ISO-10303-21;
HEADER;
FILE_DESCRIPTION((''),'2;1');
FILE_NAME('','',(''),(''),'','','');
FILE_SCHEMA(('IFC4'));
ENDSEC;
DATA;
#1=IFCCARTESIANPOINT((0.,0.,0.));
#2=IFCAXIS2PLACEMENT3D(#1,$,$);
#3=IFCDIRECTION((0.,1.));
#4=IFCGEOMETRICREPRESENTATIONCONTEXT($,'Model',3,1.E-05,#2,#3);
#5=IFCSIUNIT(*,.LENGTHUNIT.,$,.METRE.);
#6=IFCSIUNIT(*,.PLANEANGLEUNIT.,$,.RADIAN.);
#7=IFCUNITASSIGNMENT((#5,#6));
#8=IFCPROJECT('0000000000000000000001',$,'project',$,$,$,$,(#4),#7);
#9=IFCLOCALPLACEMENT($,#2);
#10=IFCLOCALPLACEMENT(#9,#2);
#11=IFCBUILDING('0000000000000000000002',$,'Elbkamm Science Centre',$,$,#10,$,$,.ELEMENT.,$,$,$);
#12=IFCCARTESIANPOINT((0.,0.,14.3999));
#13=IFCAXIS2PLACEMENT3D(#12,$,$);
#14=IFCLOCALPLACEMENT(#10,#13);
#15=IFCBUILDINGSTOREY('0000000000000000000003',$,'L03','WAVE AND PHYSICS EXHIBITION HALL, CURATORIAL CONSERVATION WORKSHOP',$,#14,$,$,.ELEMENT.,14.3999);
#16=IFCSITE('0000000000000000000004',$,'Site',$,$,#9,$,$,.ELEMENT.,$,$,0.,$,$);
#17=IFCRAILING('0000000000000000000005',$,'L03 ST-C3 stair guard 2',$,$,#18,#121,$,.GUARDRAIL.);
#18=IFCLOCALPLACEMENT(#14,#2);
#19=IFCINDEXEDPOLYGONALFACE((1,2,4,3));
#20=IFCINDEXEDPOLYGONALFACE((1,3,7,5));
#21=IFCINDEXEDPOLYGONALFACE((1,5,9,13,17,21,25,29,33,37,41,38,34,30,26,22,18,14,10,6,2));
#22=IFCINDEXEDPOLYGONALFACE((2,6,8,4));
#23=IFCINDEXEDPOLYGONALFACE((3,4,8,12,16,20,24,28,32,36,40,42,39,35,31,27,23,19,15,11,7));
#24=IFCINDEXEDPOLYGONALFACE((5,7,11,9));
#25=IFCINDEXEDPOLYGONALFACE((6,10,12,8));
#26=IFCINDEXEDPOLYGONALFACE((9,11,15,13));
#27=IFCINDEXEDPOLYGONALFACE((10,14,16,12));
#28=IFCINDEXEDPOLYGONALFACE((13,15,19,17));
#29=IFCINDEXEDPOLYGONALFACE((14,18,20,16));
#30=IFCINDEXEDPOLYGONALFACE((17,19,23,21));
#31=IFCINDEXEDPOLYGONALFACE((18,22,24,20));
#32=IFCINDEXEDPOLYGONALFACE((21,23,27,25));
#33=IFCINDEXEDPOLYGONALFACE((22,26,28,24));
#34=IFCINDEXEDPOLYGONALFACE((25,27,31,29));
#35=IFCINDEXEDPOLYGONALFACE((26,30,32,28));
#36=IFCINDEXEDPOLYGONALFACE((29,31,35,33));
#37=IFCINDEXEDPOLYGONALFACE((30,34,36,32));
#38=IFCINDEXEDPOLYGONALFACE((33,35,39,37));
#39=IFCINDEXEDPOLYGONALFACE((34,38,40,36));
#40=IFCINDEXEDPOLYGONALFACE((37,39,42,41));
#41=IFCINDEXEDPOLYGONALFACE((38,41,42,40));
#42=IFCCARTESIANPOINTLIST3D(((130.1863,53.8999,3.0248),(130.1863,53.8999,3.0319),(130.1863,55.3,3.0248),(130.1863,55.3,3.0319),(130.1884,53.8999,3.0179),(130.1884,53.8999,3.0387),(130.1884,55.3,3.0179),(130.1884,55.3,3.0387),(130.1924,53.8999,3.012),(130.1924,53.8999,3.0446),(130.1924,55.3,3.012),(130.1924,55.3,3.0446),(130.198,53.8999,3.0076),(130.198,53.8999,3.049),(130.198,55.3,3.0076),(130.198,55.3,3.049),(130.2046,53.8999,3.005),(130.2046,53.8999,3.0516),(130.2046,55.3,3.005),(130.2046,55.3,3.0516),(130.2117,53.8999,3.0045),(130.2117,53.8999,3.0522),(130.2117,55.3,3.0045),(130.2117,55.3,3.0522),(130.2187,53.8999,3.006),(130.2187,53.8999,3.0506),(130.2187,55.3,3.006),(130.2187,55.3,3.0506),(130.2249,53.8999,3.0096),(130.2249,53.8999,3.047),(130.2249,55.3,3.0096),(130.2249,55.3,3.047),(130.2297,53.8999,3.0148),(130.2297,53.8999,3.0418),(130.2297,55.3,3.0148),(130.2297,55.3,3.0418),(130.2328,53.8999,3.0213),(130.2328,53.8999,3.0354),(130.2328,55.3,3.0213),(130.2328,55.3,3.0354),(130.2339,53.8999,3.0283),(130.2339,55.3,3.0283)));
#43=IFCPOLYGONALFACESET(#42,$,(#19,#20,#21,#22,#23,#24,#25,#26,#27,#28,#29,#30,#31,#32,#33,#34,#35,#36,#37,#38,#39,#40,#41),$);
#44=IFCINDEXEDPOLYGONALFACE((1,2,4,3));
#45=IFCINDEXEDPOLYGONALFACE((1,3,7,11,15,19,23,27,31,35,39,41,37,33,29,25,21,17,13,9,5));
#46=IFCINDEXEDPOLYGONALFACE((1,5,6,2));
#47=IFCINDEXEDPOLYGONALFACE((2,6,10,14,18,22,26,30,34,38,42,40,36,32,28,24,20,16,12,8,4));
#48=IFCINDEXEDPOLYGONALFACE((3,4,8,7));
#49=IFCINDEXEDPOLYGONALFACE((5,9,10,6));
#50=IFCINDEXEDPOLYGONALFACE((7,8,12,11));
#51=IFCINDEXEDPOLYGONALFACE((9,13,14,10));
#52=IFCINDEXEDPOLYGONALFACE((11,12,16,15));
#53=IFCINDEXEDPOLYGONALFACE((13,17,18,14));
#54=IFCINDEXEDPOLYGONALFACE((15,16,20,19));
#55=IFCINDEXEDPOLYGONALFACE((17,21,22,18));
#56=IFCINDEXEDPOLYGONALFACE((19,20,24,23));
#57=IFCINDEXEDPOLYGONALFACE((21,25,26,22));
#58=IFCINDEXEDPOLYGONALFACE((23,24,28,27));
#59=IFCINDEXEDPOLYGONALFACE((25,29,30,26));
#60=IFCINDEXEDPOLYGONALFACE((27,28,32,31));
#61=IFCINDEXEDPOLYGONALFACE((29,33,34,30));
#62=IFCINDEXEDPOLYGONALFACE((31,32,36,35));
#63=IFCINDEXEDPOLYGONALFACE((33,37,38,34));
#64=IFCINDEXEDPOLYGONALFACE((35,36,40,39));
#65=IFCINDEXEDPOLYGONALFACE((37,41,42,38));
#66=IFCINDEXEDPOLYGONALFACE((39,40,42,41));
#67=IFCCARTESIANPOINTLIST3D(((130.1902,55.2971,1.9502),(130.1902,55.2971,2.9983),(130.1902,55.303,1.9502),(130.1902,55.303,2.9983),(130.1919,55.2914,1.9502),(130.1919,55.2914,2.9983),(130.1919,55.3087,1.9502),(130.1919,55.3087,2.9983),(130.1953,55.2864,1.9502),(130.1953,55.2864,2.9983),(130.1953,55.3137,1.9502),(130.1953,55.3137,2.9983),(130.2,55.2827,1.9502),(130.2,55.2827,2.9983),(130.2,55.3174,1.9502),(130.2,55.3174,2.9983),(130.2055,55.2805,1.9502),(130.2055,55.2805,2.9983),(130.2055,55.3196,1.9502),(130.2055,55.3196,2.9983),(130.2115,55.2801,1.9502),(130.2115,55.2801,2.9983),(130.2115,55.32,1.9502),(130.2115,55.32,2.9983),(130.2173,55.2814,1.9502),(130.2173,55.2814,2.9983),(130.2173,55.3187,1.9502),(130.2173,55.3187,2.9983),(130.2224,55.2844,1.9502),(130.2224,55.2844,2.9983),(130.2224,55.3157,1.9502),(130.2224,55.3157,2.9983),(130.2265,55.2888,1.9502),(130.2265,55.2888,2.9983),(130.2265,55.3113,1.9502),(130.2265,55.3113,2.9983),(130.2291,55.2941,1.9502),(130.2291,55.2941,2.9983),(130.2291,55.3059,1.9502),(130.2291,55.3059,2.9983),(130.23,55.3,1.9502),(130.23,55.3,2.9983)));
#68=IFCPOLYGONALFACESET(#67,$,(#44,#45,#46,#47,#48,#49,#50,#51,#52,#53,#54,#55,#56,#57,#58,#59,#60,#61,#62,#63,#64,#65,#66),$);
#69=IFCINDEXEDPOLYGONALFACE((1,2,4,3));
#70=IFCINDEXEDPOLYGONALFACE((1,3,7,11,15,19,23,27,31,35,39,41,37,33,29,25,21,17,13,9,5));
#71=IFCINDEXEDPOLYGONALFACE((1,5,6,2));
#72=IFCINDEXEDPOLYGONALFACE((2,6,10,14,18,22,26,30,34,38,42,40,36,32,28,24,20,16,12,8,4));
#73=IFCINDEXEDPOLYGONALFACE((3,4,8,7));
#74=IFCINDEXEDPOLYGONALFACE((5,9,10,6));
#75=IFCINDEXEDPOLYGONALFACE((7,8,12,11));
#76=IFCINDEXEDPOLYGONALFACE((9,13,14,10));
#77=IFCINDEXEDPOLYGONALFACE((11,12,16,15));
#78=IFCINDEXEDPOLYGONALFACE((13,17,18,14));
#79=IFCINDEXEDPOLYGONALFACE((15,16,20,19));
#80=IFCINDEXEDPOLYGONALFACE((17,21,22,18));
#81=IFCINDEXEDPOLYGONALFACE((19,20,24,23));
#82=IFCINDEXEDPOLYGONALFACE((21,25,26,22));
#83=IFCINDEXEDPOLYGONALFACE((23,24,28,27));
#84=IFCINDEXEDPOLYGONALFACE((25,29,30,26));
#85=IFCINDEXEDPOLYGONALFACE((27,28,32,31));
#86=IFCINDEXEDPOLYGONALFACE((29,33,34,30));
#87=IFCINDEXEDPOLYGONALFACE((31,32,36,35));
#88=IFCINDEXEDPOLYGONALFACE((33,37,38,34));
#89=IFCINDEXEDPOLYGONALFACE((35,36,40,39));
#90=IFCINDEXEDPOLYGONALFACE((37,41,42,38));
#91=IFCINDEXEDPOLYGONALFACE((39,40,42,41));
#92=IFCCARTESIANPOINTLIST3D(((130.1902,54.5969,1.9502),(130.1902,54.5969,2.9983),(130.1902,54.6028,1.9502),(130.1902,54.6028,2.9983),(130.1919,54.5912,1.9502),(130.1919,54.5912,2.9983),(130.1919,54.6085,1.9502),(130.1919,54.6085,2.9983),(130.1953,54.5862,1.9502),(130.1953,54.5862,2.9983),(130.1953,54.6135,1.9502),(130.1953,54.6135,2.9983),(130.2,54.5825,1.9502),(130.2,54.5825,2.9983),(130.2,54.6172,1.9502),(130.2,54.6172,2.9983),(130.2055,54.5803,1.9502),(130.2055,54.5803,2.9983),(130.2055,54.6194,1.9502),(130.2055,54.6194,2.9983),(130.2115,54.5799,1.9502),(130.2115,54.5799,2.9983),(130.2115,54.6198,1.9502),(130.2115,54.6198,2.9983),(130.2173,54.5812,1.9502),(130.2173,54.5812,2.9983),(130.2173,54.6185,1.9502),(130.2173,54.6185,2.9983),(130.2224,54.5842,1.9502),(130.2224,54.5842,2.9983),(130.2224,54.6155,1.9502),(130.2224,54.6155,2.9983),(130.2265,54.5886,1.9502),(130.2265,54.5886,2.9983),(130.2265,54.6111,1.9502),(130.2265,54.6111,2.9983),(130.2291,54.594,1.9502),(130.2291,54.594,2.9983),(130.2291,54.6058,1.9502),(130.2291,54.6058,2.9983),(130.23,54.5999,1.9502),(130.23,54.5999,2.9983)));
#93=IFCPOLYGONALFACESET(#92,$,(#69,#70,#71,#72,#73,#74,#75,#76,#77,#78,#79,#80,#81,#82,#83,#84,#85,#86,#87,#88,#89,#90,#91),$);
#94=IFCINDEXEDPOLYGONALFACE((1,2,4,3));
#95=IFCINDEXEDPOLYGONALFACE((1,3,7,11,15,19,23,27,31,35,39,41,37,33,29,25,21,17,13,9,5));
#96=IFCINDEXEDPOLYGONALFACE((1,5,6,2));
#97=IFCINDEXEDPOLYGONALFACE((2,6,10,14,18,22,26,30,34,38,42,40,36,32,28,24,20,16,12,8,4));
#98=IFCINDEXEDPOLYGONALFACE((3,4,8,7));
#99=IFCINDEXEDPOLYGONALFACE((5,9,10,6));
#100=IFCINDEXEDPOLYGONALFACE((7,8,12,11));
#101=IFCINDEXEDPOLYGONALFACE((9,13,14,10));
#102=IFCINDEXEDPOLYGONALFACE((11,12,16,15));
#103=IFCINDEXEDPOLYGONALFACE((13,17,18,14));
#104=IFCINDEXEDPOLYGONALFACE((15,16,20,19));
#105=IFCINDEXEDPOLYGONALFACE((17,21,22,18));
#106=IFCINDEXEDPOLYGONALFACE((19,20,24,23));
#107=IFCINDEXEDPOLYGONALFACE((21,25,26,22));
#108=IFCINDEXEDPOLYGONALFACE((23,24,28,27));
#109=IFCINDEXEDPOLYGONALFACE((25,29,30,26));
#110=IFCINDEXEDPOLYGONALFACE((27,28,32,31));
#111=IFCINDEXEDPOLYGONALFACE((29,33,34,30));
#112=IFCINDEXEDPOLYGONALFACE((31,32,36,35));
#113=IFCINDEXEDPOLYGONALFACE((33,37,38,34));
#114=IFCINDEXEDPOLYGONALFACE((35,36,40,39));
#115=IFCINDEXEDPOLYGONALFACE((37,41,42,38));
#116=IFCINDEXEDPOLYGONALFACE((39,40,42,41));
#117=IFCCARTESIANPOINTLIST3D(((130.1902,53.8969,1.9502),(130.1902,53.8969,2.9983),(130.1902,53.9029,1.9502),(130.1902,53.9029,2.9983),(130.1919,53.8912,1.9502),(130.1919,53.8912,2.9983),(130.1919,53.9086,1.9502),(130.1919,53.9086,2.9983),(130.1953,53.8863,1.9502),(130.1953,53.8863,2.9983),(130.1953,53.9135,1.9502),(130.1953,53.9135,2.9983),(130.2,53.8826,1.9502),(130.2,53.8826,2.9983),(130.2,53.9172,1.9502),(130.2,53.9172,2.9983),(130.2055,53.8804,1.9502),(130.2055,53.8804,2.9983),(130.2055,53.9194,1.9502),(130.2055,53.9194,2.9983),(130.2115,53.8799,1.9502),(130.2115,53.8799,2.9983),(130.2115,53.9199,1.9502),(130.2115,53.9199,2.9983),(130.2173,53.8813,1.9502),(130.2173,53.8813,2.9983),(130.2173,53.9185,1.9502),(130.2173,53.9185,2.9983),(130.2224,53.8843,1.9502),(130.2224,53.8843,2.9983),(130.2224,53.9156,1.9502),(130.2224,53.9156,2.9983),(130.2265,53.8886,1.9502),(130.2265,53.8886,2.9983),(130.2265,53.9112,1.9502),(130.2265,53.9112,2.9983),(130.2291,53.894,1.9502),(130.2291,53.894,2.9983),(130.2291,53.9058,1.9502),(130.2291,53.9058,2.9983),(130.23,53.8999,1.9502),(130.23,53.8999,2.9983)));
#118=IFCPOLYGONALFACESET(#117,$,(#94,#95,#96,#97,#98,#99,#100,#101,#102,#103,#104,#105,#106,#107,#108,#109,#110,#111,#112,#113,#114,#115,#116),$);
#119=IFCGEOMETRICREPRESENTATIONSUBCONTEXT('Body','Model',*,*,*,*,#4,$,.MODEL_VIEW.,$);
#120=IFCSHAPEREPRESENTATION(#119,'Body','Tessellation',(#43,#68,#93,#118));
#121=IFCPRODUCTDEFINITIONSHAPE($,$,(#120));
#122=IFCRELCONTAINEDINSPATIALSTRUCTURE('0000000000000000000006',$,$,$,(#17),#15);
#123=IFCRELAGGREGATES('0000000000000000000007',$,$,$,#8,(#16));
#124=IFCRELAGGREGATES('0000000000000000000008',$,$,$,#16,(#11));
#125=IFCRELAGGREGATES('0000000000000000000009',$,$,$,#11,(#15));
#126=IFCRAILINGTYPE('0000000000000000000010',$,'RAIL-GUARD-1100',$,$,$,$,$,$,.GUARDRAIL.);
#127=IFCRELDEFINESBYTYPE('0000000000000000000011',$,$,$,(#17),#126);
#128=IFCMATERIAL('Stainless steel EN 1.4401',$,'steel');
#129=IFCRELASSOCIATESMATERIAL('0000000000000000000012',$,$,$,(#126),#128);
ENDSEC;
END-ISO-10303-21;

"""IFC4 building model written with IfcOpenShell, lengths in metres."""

from ifc_helpers import new_model, si_unit, direction, frame, origin, origin_2d, place, context, subcontext, project, spatial, circle, extrude, material, type_object, element, save


model = new_model("IFC4")

# Units and contexts
model_context = context("Model", 3, precision=1e-05, world=origin(), true_north=direction((0.0, 1.0)))
body_context = subcontext(model_context, "Body", "Model", "MODEL_VIEW")
ifc_project = project(units=[si_unit("LENGTHUNIT", "METRE"), si_unit("PLANEANGLEUNIT", "RADIAN")], contexts=[model_context])

# Site, building, storey
site_placement = place(None, origin())
site = spatial("IfcSite", under=ifc_project, at=site_placement, Name="Site", CompositionType="ELEMENT", RefElevation=0.0)
building_placement = place(site_placement, origin())
building = spatial("IfcBuilding", under=site, at=building_placement, Name="Elbkamm Science Centre", CompositionType="ELEMENT")
storey_placement = place(building_placement, frame((0.0, 0.0, 14.3999)))
storey = spatial("IfcBuildingStorey", under=building, at=storey_placement, Name="L03", Description="WAVE AND PHYSICS EXHIBITION HALL, CURATORIAL CONSERVATION WORKSHOP", CompositionType="ELEMENT", Elevation=14.3999)

# Railing
ifc_material_1 = material(Name="Stainless steel EN 1.4401", Category="steel")
railing_type_1 = type_object("IfcRailingType", Name="RAIL-GUARD-1100", PredefinedType="GUARDRAIL", material=ifc_material_1)
railing_1_placement = place(storey_placement, frame((130.21, 55.3, 1.9502)))
element("IfcRailing", 1, at=railing_1_placement, inside=storey, type_object=railing_type_1, Name="L03 ST-C3 stair guard 2", PredefinedType="GUARDRAIL", context=body_context, shape_type="SweptSolid", body=[
    extrude(circle(Radius=0.0239, at=origin_2d()), frame((0.0, 0.0, 1.0781), z_axis=(0.0, -1.0, 0.0), x_axis=(1.0, 0.0, 0.0)), (0.0, 0.0, 1.0), 1.4001),
    extrude(circle(Radius=0.02, at=origin_2d()), origin(), (0.0, 0.0, 1.0), 1.0481),
    extrude(circle(Radius=0.02, at=origin_2d()), frame((0.0, -0.7002, 0.0)), (0.0, 0.0, 1.0), 1.0481),
    extrude(circle(Radius=0.02, at=origin_2d()), frame((0.0, -1.4001, 0.0)), (0.0, 0.0, 1.0), 1.0481),
])

save(model, "model.ifc")
